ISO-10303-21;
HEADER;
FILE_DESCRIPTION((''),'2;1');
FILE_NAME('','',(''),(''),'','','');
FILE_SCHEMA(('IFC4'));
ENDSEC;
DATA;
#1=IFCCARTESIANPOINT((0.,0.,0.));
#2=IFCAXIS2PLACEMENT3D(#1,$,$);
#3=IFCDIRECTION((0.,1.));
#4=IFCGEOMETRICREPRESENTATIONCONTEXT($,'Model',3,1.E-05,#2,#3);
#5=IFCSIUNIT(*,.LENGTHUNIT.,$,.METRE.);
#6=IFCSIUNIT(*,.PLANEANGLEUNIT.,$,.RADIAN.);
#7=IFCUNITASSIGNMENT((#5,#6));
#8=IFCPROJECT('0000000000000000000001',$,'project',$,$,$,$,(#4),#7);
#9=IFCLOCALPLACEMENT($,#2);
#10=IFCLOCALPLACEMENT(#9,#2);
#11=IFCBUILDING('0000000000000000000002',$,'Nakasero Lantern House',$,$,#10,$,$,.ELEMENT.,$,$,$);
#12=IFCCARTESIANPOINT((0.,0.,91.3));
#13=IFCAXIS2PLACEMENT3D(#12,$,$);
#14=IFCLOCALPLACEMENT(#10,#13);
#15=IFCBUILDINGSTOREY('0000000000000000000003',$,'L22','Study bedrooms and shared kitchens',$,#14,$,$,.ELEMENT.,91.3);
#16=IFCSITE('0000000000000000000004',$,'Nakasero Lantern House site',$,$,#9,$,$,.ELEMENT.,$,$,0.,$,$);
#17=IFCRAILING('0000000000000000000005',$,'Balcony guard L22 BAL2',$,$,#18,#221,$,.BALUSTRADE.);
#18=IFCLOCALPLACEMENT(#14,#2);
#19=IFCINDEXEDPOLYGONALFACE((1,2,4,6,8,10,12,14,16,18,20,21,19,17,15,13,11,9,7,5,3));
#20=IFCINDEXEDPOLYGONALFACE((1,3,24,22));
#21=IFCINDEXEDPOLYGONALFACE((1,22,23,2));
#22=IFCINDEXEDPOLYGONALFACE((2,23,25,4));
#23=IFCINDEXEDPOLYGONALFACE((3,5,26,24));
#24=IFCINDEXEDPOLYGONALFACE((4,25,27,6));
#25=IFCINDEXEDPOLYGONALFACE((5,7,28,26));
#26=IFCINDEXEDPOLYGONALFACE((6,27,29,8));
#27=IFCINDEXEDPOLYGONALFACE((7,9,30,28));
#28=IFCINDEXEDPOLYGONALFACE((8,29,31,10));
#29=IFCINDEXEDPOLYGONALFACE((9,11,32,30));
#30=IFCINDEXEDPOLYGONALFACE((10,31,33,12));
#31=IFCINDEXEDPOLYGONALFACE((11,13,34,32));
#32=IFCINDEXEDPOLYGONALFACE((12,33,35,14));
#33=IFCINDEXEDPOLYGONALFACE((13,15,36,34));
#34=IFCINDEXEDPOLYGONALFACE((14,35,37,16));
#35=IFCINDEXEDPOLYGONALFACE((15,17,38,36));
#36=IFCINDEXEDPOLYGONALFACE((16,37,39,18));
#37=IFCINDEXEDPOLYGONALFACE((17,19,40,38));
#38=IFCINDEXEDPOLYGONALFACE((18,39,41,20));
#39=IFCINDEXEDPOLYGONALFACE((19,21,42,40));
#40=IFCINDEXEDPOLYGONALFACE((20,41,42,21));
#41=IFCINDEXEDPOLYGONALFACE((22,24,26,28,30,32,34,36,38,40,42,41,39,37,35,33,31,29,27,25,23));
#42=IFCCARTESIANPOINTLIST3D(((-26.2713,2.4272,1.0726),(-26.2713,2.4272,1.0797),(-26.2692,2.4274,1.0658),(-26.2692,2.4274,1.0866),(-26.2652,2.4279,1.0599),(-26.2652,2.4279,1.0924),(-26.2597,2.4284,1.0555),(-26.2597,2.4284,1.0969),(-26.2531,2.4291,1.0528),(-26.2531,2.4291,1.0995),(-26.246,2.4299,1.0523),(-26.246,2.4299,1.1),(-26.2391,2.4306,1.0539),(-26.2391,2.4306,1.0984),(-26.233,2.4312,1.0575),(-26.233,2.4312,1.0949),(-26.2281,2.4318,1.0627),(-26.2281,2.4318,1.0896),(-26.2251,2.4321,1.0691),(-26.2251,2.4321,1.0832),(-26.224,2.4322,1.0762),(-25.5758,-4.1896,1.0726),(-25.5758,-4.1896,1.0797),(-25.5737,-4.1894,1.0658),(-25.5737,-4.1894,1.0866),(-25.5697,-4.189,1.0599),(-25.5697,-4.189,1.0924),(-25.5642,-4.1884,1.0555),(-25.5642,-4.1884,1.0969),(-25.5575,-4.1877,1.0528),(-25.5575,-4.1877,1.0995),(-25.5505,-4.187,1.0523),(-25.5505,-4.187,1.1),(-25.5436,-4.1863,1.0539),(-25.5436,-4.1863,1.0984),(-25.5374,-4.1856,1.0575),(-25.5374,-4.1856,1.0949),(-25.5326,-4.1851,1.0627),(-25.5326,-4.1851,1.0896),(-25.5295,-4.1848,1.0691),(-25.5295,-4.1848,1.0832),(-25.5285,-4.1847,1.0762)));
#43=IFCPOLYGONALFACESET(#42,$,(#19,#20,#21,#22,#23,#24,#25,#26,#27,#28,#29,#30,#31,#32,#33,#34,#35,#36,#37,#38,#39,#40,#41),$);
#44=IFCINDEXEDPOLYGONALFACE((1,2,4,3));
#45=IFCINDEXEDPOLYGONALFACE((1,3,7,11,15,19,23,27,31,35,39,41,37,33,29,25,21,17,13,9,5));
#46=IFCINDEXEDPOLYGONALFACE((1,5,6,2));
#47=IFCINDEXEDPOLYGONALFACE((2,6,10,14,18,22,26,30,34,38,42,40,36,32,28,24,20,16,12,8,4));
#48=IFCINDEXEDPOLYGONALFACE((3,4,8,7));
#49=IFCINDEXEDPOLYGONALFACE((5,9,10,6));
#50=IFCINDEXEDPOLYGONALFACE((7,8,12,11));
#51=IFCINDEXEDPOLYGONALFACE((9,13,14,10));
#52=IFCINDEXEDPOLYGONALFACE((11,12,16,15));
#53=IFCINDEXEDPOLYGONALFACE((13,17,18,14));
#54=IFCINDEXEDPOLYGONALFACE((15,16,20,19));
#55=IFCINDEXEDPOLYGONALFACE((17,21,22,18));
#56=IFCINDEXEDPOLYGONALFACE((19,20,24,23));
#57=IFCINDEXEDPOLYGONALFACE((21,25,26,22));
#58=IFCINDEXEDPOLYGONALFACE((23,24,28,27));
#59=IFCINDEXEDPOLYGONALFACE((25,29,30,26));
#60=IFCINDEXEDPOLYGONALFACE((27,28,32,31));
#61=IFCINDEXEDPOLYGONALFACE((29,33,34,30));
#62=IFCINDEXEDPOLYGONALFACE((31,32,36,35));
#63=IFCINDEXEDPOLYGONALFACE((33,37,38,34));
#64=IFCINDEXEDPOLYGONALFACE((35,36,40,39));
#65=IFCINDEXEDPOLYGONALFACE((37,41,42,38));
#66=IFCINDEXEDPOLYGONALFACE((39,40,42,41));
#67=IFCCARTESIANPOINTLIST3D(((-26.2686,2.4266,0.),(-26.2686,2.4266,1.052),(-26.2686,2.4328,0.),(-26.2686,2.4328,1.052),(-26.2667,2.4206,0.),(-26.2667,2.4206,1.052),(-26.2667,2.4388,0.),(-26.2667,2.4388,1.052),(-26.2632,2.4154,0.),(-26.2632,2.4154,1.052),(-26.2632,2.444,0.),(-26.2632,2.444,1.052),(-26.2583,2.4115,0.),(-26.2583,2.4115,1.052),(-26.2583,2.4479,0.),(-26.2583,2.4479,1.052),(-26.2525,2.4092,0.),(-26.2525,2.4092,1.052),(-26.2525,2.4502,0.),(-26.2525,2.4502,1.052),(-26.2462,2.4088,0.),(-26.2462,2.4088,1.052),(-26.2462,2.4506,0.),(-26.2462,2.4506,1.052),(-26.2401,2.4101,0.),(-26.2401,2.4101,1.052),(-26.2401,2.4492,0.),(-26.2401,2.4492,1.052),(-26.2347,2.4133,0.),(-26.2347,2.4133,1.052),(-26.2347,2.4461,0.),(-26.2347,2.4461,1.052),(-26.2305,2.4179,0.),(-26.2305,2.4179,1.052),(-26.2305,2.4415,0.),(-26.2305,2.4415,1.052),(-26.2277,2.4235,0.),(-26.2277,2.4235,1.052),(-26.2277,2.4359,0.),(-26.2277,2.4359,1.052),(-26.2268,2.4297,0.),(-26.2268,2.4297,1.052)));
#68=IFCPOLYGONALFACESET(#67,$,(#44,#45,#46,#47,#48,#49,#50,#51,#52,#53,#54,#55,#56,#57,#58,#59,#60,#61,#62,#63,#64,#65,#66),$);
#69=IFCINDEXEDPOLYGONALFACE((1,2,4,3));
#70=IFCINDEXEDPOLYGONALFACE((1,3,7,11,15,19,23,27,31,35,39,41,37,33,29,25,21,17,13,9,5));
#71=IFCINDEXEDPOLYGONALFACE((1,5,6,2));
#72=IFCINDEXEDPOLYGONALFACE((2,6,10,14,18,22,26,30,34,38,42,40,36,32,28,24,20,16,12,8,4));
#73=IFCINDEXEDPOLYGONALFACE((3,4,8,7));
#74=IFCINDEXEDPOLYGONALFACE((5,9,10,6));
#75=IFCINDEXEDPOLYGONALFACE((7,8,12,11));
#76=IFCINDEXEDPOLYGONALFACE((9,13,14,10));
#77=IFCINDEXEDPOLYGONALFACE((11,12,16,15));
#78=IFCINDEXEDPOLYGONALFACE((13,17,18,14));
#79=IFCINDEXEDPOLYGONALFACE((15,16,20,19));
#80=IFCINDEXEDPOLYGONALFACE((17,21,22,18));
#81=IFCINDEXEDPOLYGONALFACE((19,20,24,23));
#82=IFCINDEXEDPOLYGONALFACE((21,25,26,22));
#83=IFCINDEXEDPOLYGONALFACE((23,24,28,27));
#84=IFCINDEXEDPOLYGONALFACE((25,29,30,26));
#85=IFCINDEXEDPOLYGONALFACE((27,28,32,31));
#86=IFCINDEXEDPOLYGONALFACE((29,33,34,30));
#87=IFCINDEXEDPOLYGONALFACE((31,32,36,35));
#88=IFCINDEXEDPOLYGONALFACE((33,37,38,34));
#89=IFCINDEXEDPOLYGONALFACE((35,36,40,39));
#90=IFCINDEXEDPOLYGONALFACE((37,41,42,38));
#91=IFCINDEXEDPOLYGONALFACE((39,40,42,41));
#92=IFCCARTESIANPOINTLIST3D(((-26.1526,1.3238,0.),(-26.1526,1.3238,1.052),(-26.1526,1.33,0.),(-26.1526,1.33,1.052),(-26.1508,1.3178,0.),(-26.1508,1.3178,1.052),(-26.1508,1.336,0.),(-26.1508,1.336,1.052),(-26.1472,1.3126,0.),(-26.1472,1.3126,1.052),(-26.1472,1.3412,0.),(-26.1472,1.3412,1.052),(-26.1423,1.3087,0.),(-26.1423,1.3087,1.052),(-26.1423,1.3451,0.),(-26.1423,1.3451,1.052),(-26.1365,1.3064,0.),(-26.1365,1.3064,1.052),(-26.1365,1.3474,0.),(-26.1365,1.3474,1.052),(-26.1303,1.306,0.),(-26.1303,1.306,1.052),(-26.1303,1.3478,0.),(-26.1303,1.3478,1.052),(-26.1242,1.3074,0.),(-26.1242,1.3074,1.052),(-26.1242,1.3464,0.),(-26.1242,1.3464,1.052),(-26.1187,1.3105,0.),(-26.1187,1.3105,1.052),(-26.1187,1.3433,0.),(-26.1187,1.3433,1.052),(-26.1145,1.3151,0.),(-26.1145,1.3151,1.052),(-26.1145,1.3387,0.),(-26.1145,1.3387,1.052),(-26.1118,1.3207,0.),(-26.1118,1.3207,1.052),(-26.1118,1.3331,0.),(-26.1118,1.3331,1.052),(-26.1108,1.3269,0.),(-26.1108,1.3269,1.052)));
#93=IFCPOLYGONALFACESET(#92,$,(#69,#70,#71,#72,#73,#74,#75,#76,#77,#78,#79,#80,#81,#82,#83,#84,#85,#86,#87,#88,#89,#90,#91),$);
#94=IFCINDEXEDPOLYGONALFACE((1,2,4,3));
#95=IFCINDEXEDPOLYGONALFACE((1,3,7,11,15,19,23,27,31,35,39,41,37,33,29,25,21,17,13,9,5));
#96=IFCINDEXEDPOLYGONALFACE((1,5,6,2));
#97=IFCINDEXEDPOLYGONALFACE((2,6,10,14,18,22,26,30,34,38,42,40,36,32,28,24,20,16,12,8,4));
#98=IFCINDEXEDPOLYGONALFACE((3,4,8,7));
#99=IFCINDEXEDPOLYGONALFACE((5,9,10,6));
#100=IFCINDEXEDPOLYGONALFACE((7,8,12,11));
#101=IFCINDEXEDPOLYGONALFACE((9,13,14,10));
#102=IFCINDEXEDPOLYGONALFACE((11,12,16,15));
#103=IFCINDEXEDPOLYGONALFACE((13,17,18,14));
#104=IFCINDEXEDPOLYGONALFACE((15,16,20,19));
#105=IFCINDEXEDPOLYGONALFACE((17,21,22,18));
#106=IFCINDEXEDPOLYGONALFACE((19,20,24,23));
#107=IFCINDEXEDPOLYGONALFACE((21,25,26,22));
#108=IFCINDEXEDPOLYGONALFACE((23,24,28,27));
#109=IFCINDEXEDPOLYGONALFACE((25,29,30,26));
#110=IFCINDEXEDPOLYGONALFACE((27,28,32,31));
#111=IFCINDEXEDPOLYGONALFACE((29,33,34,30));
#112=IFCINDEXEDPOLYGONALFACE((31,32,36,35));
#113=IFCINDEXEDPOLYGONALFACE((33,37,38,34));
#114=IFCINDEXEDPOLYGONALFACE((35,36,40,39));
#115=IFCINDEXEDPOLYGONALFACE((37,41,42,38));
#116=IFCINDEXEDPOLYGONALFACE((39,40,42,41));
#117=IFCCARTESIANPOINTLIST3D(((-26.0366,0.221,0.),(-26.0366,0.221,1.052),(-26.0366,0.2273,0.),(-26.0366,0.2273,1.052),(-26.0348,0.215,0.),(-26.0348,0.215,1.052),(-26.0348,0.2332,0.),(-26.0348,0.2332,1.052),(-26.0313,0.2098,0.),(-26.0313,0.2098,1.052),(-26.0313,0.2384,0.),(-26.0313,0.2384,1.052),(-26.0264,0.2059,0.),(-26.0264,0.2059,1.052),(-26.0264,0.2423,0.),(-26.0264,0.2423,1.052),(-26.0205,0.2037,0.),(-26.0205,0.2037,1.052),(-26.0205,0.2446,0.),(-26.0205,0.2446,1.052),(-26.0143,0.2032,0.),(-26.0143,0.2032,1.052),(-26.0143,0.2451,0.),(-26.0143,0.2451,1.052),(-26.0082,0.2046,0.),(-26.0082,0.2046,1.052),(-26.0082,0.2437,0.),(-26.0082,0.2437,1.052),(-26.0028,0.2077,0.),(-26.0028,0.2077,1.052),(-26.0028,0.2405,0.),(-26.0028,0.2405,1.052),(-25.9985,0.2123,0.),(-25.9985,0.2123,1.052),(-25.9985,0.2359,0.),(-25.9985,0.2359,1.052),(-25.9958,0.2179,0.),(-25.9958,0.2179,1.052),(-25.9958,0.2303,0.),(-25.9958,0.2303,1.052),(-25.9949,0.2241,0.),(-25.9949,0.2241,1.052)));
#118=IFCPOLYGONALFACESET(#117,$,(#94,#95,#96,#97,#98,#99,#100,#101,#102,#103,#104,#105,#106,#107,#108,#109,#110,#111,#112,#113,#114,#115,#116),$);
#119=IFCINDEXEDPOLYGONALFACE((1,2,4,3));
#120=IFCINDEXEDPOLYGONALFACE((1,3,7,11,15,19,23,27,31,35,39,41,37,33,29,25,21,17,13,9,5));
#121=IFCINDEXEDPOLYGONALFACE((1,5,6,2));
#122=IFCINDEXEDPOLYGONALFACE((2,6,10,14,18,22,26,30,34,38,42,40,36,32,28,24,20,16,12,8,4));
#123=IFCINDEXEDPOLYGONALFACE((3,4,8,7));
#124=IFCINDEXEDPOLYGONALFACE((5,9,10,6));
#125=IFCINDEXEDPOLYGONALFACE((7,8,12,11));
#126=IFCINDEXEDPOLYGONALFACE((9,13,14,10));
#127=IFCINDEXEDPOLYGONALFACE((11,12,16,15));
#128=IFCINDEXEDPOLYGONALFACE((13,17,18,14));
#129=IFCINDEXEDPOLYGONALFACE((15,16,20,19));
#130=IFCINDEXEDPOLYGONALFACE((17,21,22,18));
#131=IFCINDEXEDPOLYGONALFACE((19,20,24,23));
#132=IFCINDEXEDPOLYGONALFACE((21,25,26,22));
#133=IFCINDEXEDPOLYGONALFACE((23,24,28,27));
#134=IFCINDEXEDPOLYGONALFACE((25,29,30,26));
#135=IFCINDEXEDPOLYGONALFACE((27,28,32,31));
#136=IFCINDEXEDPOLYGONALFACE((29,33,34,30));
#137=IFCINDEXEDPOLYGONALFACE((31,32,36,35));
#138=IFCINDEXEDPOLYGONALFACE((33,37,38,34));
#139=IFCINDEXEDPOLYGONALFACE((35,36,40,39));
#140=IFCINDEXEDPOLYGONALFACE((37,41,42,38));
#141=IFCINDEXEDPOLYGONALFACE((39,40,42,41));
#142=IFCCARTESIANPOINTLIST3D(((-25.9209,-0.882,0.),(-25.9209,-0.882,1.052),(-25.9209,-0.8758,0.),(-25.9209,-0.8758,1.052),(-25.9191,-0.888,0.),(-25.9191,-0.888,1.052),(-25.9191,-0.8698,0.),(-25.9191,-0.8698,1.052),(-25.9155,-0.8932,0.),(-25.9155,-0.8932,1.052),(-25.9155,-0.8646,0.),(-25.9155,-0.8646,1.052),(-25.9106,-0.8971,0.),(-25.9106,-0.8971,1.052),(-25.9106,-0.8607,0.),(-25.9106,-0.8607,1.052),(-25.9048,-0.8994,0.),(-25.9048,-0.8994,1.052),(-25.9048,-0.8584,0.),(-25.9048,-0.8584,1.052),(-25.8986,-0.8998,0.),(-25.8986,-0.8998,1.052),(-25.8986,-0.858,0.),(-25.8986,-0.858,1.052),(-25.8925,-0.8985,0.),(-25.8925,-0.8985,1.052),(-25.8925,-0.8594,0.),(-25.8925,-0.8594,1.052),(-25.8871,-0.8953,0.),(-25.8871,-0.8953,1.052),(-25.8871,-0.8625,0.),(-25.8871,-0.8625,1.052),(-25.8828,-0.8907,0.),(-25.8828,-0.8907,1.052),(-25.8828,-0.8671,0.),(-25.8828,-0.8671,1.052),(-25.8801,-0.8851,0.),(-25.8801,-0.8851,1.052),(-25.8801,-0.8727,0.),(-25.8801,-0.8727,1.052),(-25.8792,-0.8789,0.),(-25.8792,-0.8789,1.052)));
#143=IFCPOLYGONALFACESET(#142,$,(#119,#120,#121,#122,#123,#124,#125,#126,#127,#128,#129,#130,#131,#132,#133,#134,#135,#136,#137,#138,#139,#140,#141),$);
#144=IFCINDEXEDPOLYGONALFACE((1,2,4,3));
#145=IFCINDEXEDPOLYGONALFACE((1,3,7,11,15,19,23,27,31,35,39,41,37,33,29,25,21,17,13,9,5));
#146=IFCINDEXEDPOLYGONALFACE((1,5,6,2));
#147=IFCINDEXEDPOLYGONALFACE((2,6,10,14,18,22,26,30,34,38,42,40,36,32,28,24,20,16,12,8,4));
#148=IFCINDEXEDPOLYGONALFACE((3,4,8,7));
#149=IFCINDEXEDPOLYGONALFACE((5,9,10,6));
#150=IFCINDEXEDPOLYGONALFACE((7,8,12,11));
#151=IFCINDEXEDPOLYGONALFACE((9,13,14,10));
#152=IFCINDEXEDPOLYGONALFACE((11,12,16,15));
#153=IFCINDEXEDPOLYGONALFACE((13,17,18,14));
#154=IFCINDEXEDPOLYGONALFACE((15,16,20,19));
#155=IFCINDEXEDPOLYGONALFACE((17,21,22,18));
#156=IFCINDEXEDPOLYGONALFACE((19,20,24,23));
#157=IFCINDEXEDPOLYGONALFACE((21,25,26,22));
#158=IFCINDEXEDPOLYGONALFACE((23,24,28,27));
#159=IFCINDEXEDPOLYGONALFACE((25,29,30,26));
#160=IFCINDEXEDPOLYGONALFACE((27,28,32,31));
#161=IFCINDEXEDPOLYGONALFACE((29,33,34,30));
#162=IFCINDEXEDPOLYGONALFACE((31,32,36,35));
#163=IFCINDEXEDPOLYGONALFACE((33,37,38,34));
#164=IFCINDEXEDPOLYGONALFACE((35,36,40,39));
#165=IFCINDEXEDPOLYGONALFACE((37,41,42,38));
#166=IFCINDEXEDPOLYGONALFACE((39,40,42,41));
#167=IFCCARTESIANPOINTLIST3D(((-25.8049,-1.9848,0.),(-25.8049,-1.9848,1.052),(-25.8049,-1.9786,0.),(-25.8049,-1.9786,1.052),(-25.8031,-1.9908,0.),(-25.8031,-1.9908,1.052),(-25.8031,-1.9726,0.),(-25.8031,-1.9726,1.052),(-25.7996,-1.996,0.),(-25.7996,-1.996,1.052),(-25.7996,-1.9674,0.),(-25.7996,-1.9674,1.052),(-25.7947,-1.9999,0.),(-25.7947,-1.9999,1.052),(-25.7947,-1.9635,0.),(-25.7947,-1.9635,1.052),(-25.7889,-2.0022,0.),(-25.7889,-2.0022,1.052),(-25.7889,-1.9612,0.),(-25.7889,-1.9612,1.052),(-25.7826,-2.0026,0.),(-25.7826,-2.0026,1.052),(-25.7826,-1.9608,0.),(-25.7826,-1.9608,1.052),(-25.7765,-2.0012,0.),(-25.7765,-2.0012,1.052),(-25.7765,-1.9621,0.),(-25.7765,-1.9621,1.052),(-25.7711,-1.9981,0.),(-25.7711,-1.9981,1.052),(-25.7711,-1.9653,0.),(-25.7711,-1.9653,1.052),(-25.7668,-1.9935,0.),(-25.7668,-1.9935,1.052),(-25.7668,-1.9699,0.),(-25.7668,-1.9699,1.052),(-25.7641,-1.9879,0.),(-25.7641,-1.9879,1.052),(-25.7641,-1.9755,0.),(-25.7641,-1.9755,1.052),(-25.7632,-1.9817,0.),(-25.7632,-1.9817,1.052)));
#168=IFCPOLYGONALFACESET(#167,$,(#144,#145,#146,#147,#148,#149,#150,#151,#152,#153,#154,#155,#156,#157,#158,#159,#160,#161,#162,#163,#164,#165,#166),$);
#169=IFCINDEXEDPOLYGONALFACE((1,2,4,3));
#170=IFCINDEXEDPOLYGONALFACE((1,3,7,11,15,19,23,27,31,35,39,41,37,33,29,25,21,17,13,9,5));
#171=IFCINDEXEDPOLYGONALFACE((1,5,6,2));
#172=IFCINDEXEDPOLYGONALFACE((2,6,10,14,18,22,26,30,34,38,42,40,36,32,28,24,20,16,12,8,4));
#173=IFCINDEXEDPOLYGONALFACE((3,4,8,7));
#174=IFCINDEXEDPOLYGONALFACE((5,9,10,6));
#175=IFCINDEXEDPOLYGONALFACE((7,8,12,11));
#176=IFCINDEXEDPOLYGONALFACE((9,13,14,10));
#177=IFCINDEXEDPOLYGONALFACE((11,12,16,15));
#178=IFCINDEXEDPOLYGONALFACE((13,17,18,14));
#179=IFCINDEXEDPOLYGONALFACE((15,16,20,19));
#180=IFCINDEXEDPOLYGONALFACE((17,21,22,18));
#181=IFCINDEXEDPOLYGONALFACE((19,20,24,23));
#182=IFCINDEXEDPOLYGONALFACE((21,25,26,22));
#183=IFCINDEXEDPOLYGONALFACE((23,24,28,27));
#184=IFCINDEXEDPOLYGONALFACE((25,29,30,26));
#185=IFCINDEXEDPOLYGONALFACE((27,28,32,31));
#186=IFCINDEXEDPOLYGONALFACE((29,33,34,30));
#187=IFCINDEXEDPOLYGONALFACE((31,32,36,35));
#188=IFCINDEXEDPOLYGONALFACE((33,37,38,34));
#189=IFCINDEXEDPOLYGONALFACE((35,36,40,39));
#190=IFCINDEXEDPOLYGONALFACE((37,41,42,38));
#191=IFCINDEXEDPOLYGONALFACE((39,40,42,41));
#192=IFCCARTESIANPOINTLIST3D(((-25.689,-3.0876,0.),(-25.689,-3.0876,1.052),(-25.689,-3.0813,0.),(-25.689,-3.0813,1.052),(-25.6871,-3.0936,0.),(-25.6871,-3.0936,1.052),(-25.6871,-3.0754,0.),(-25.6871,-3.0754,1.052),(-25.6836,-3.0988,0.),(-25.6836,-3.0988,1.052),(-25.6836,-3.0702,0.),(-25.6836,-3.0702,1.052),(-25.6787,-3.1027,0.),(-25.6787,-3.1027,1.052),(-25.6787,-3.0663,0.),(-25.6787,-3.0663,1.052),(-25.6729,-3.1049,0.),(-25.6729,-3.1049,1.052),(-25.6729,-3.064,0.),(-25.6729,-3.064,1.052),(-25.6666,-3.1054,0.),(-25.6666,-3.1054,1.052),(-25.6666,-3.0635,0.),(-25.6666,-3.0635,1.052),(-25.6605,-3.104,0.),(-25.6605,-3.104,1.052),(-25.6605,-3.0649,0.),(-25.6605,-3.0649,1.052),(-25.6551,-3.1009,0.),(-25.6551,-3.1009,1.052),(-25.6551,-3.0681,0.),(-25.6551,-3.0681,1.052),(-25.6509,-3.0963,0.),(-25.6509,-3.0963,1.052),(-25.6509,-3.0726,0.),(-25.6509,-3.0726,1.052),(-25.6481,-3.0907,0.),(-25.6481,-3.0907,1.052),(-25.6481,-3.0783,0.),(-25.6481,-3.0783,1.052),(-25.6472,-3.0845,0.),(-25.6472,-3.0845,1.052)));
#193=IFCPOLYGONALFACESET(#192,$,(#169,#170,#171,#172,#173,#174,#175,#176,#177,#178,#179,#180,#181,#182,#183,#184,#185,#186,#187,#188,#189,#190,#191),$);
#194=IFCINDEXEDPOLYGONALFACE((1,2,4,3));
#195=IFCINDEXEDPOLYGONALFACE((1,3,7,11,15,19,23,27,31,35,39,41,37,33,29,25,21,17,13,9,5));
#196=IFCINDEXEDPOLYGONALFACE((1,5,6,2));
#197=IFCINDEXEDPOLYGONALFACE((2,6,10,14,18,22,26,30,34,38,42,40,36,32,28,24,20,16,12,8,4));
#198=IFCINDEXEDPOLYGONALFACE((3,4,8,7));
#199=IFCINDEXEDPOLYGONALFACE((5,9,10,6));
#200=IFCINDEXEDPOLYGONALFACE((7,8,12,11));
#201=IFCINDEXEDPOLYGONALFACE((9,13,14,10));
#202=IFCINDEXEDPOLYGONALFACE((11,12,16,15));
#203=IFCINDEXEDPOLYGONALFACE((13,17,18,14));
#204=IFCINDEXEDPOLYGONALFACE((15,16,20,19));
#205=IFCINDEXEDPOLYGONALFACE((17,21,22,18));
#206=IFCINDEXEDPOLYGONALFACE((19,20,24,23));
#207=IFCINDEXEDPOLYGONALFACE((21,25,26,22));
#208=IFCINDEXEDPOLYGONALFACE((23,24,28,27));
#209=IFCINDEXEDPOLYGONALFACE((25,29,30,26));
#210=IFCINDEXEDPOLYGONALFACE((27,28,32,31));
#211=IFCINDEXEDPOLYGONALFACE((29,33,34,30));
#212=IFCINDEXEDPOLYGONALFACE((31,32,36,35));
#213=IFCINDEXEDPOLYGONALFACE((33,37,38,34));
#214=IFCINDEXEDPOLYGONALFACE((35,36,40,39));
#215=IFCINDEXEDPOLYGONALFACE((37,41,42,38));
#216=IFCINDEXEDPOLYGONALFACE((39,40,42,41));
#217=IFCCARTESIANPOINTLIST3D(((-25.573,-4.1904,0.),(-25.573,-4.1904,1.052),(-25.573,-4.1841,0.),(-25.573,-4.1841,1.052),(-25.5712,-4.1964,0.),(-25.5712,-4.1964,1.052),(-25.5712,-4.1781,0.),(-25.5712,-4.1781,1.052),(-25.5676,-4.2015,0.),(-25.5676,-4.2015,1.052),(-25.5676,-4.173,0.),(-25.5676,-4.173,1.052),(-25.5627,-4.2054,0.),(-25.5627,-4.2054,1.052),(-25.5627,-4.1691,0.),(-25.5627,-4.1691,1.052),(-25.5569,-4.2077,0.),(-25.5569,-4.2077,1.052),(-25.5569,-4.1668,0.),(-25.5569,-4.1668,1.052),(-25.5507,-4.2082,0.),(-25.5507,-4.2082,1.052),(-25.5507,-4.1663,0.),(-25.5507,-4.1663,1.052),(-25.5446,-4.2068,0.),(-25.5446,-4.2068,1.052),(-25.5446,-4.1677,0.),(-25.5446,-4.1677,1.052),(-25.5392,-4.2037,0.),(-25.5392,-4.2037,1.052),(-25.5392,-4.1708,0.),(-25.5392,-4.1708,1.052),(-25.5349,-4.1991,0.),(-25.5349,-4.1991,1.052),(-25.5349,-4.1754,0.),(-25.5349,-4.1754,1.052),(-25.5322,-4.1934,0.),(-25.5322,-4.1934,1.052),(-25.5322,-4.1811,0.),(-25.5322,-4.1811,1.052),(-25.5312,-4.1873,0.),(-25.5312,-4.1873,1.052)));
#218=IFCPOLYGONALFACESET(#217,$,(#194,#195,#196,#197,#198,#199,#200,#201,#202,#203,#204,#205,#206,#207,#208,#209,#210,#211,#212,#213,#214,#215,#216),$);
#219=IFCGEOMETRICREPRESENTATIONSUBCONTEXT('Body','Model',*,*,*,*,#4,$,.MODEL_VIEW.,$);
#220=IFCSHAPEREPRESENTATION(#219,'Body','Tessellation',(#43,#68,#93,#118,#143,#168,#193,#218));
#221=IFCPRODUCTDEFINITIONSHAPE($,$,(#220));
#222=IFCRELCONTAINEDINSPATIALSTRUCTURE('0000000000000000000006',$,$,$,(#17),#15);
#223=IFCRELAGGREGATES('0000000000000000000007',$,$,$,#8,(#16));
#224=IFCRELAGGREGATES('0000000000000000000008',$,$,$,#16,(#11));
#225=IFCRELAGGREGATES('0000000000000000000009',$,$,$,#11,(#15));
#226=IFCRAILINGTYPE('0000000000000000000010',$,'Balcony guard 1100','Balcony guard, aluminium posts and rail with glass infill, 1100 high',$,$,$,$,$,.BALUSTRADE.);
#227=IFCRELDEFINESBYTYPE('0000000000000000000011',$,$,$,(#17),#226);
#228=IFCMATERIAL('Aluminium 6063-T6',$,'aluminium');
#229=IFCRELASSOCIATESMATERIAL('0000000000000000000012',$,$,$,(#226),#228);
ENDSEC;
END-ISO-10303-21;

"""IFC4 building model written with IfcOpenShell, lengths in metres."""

from ifc_helpers import new_model, si_unit, direction, frame, origin, origin_2d, place, context, subcontext, project, spatial, circle, extrude, material, type_object, element, save


model = new_model("IFC4")

# Units and contexts
model_context = context("Model", 3, precision=1e-05, world=origin(), true_north=direction((0.0, 1.0)))
body_context = subcontext(model_context, "Body", "Model", "MODEL_VIEW")
ifc_project = project(units=[si_unit("LENGTHUNIT", "METRE"), si_unit("PLANEANGLEUNIT", "RADIAN")], contexts=[model_context])

# Site, building, storey
site_placement = place(None, origin())
site = spatial("IfcSite", under=ifc_project, at=site_placement, Name="Nakasero Lantern House site", CompositionType="ELEMENT", RefElevation=0.0)
building_placement = place(site_placement, origin())
building = spatial("IfcBuilding", under=site, at=building_placement, Name="Nakasero Lantern House", CompositionType="ELEMENT")
storey_placement = place(building_placement, frame((0.0, 0.0, 91.3)))
storey = spatial("IfcBuildingStorey", under=building, at=storey_placement, Name="L22", Description="Study bedrooms and shared kitchens", CompositionType="ELEMENT", Elevation=91.3)

# Railing
ifc_material_1 = material(Name="Aluminium 6063-T6", Category="aluminium")
railing_type = type_object("IfcRailingType", Name="Balcony guard 1100", Description="Balcony guard, aluminium posts and rail with glass infill, 1100 high", PredefinedType="BALUSTRADE", material=ifc_material_1)
railing_placement = place(storey_placement, frame((-26.2478, 2.4297, 0.0)))
element("IfcRailing", 1, at=railing_placement, inside=storey, type_object=railing_type, Name="Balcony guard L22 BAL2", PredefinedType="BALUSTRADE", context=body_context, shape_type="SweptSolid", body=[
    extrude(circle(Radius=0.0239, at=origin_2d()), frame((0.0, 0.0, 1.0762), z_axis=(0.104542, -0.994521, 0.0), x_axis=(0.994521, 0.104542, 0.0)), (0.0, 0.0, 1.0), 6.6533),
    extrude(circle(Radius=0.021, at=origin_2d()), origin(), (0.0, 0.0, 1.0), 1.052),
    extrude(circle(Radius=0.021, at=origin_2d()), frame((0.116, -1.1028, 0.0)), (0.0, 0.0, 1.0), 1.052),
    extrude(circle(Radius=0.021, at=origin_2d()), frame((0.2319, -2.2056, 0.0)), (0.0, 0.0, 1.0), 1.052),
    extrude(circle(Radius=0.021, at=origin_2d()), frame((0.3477, -3.3086, 0.0)), (0.0, 0.0, 1.0), 1.052),
    extrude(circle(Radius=0.021, at=origin_2d()), frame((0.4636, -4.4114, 0.0)), (0.0, 0.0, 1.0), 1.052),
    extrude(circle(Radius=0.021, at=origin_2d()), frame((0.5796, -5.5142, 0.0)), (0.0, 0.0, 1.0), 1.052),
    extrude(circle(Radius=0.021, at=origin_2d()), frame((0.6956, -6.6169, 0.0)), (0.0, 0.0, 1.0), 1.052),
])

save(model, "model.ifc")
